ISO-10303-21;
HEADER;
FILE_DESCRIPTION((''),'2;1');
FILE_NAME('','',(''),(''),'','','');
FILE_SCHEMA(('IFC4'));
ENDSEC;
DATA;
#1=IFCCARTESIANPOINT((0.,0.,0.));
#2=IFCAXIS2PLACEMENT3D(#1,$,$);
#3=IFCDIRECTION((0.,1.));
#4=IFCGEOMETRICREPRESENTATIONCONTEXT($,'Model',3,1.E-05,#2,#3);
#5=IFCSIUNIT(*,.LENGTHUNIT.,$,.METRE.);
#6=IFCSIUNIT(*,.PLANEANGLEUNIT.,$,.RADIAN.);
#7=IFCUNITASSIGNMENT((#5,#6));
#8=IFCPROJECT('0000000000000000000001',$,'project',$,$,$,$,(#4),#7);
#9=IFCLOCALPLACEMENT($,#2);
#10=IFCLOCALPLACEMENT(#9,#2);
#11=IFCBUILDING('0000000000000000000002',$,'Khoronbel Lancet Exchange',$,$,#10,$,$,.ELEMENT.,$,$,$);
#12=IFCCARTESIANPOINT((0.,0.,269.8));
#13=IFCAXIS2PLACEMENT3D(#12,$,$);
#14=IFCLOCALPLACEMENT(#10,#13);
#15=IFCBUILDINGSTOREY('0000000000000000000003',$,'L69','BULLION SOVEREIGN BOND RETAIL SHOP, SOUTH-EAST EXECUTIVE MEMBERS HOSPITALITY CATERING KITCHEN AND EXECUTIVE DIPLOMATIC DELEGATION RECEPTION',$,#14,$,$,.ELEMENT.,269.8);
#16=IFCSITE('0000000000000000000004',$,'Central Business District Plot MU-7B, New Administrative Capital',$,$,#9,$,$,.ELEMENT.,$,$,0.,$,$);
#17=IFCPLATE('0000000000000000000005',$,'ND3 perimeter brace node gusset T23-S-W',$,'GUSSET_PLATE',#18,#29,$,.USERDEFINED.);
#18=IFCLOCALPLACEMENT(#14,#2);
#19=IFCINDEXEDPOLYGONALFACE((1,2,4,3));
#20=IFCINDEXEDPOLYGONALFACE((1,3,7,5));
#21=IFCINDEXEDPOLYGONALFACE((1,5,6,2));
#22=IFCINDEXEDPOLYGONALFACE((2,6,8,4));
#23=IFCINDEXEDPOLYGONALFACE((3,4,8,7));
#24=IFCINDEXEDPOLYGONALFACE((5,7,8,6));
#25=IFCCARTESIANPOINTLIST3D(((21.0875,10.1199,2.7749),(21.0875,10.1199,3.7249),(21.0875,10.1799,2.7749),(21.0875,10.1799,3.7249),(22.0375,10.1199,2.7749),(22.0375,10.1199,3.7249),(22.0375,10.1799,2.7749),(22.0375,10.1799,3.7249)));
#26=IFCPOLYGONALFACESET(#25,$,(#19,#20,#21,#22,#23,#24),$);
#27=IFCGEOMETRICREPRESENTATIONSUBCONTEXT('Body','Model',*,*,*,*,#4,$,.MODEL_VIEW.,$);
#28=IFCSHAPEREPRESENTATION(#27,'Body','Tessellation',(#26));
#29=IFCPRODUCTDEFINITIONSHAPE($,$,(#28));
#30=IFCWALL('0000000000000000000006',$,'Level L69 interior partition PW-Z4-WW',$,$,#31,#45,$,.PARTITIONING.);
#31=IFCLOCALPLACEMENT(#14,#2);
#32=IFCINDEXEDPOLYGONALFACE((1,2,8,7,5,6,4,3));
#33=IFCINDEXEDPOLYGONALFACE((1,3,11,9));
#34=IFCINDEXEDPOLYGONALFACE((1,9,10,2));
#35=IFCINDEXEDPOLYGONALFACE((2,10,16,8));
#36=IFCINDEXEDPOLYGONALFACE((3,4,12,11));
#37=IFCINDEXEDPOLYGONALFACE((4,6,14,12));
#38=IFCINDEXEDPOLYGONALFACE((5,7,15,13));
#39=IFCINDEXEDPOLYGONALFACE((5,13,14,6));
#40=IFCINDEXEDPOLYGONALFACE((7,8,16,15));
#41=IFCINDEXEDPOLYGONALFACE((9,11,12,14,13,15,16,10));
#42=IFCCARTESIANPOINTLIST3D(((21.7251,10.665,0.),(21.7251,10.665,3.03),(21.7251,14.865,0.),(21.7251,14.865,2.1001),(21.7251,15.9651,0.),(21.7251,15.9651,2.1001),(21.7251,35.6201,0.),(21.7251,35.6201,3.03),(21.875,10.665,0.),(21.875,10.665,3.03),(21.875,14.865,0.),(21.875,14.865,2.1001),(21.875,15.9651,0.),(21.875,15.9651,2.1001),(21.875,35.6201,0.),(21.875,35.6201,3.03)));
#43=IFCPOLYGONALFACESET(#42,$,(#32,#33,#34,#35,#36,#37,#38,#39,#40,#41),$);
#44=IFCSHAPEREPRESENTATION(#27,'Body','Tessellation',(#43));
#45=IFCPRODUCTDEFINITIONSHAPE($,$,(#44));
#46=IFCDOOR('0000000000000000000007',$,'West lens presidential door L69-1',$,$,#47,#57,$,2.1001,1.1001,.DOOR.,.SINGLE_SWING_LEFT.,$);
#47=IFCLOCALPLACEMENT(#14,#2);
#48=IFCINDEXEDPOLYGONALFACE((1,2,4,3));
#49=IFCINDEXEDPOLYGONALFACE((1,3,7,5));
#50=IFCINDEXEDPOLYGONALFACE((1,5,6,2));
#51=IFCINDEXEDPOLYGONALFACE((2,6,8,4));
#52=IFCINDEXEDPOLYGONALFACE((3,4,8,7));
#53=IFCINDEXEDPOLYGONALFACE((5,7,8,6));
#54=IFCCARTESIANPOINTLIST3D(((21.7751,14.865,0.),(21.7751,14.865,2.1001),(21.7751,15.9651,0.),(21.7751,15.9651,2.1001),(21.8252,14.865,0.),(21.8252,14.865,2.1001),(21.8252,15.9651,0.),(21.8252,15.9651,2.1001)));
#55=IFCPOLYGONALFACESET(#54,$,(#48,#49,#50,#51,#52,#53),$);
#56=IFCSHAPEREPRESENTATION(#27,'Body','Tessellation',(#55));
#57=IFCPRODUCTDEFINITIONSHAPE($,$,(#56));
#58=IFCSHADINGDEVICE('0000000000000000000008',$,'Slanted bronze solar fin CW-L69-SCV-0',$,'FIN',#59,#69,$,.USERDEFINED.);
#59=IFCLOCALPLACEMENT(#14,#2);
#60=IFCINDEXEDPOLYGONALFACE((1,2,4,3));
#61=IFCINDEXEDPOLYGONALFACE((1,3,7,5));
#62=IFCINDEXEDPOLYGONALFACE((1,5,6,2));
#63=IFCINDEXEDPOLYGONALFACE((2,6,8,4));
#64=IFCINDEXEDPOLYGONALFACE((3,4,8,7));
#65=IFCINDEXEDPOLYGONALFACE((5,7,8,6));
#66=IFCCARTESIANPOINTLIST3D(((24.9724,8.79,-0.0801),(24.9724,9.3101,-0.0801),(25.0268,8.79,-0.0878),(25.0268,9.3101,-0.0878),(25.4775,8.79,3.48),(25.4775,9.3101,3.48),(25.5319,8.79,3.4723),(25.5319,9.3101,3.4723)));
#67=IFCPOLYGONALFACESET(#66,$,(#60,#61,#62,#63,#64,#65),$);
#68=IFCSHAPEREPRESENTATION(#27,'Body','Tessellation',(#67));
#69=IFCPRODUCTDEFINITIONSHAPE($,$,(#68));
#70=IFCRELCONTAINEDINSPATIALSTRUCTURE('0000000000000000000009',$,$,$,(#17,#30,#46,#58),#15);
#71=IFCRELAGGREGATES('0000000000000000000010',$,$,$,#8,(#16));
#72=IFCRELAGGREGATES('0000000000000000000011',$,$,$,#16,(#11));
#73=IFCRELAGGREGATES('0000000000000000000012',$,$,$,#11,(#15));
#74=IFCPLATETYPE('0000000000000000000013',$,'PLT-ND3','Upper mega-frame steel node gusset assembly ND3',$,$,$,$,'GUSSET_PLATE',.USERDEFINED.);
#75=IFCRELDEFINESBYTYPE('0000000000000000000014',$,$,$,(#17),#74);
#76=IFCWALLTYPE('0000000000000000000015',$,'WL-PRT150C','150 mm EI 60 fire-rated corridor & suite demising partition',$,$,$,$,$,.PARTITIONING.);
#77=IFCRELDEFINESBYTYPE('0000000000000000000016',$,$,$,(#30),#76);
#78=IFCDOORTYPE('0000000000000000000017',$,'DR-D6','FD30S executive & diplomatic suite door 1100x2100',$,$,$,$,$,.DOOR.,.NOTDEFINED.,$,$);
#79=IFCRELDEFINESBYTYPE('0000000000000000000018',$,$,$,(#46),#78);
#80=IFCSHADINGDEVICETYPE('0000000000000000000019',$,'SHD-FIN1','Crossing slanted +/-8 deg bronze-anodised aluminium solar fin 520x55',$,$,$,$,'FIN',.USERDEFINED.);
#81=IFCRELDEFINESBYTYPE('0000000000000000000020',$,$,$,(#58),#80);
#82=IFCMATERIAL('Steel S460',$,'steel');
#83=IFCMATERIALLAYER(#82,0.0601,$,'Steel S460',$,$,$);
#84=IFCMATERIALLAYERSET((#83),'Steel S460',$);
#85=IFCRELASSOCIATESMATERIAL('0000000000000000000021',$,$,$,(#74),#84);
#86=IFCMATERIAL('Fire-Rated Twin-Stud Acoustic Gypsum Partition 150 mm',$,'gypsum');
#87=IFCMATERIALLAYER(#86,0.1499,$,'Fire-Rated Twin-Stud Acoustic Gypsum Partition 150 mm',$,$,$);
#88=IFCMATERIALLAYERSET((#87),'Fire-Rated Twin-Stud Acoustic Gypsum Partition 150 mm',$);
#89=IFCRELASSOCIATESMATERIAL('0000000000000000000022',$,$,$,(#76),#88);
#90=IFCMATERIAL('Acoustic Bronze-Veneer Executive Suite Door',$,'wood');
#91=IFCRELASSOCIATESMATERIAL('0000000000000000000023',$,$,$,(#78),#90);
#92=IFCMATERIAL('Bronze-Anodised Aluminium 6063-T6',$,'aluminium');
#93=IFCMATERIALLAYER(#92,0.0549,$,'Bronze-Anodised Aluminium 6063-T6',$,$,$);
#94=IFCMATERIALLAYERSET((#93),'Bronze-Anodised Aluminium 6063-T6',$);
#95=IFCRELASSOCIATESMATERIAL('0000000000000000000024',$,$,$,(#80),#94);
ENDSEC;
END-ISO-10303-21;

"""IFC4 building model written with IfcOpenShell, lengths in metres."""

from ifc_helpers import new_model, si_unit, direction, frame, frame_2d, origin, origin_2d, place, context, subcontext, project, spatial, polyline, rectangle, outline, extrude, material, layer, layer_set, type_object, element, fill, save


model = new_model("IFC4")

# Units and contexts
model_context = context("Model", 3, precision=1e-05, world=origin(), true_north=direction((0.0, 1.0)))
body_context = subcontext(model_context, "Body", "Model", "MODEL_VIEW")
ifc_project = project(units=[si_unit("LENGTHUNIT", "METRE"), si_unit("PLANEANGLEUNIT", "RADIAN")], contexts=[model_context])

# Site, building, storey
site_placement = place(None, origin())
site = spatial("IfcSite", under=ifc_project, at=site_placement, Name="Central Business District Plot MU-7B, New Administrative Capital", CompositionType="ELEMENT", RefElevation=0.0)
building_placement = place(site_placement, origin())
building = spatial("IfcBuilding", under=site, at=building_placement, Name="Khoronbel Lancet Exchange", CompositionType="ELEMENT")
storey_placement = place(building_placement, frame((0.0, 0.0, 269.8)))
storey = spatial("IfcBuildingStorey", under=building, at=storey_placement, Name="L69", Description="BULLION SOVEREIGN BOND RETAIL SHOP, SOUTH-EAST EXECUTIVE MEMBERS HOSPITALITY CATERING KITCHEN AND EXECUTIVE DIPLOMATIC DELEGATION RECEPTION", CompositionType="ELEMENT", Elevation=269.8)

# Shared definitions
ifc_material_1 = material(Name="Steel S460", Category="steel")

# Shared definitions
ifc_material_2 = material(Name="Bronze-Anodised Aluminium 6063-T6", Category="aluminium")

# Plate
ifc_layer_1 = layer(ifc_material_1, 0.0601, Name="Steel S460")
ifc_layer_set_1 = layer_set([ifc_layer_1], Name="Steel S460")
plate_type_1 = type_object("IfcPlateType", Name="PLT-ND3", Description="Upper mega-frame steel node gusset assembly ND3", ElementType="GUSSET_PLATE", PredefinedType="USERDEFINED", material=ifc_layer_set_1)
plate_1_placement = place(storey_placement, frame((21.5625, 10.1499, 2.7749), z_axis=(0.0, 0.0, 1.0), x_axis=(1.0, 0.0, 0.0)))
element("IfcPlate", 1, at=plate_1_placement, inside=storey, type_object=plate_type_1, Name="ND3 perimeter brace node gusset T23-S-W", ObjectType="GUSSET_PLATE", PredefinedType="USERDEFINED", context=body_context, shape_type="SweptSolid", body=[
    extrude(rectangle(XDim=0.95, YDim=0.0601, at=origin_2d()), origin(), (0.0, 0.0, 1.0), 0.95),
])

# Wall, opening, door
ifc_material_3 = material(Name="Fire-Rated Twin-Stud Acoustic Gypsum Partition 150 mm", Category="gypsum")
ifc_layer_2 = layer(ifc_material_3, 0.1499, Name="Fire-Rated Twin-Stud Acoustic Gypsum Partition 150 mm")
ifc_layer_set_2 = layer_set([ifc_layer_2], Name="Fire-Rated Twin-Stud Acoustic Gypsum Partition 150 mm")
wall_type = type_object("IfcWallType", Name="WL-PRT150C", Description="150 mm EI 60 fire-rated corridor & suite demising partition", PredefinedType="PARTITIONING", material=ifc_layer_set_2)
wall_placement = place(storey_placement, frame((21.8, 10.665, 0.0), z_axis=(0.0, 0.0, 1.0), x_axis=(0.0, 1.0, 0.0)))
wall = element("IfcWall", 2, at=wall_placement, inside=storey, type_object=wall_type, Name="Level L69 interior partition PW-Z4-WW", PredefinedType="PARTITIONING", context=body_context, shape_type="SweptSolid", body=[
    extrude(rectangle(XDim=24.9551, YDim=0.1499, at=frame_2d((12.4775, 0.0))), origin(), (0.0, 0.0, 1.0), 3.03),
])
opening_placement = place(wall_placement, frame((4.2, 0.0, 0.0)))
opening = element("IfcOpeningElement", 3, at=opening_placement, cuts=wall, PredefinedType="OPENING", context=body_context, shape_type="SweptSolid", body=[
    extrude(rectangle(XDim=1.1001, YDim=2.1001, at=frame_2d((0.55, 1.05))), frame((0.0, 0.085, 0.0), z_axis=(0.0, -1.0, 0.0), x_axis=(1.0, 0.0, 0.0)), (0.0, 0.0, 1.0), 0.1699),
])
ifc_material_4 = material(Name="Acoustic Bronze-Veneer Executive Suite Door", Category="wood")
door_type = type_object("IfcDoorType", Name="DR-D6", Description="FD30S executive & diplomatic suite door 1100x2100", OperationType="NOTDEFINED", PredefinedType="DOOR", material=ifc_material_4)
door_placement = place(opening_placement, origin())
door = element("IfcDoor", 4, at=door_placement, inside=storey, type_object=door_type, Name="West lens presidential door L69-1", OperationType="SINGLE_SWING_LEFT", OverallHeight=2.1001, OverallWidth=1.1001, PredefinedType="DOOR", context=body_context, shape_type="SweptSolid", body=[
    extrude(rectangle(XDim=1.1001, YDim=2.1001, at=frame_2d((0.55, 1.05))), frame((0.0, 0.0249, 0.0), z_axis=(0.0, -1.0, 0.0), x_axis=(1.0, 0.0, 0.0)), (0.0, 0.0, 1.0), 0.05),
])
fill(opening, door)

# Shading device
ifc_layer_3 = layer(ifc_material_2, 0.0549, Name="Bronze-Anodised Aluminium 6063-T6")
ifc_layer_set_3 = layer_set([ifc_layer_3], Name="Bronze-Anodised Aluminium 6063-T6")
shading_device_type = type_object("IfcShadingDeviceType", Name="SHD-FIN1", Description="Crossing slanted +/-8 deg bronze-anodised aluminium solar fin 520x55", ElementType="FIN", PredefinedType="USERDEFINED", material=ifc_layer_set_3)
shading_device_placement = place(storey_placement, frame((24.9724, 9.3101, -0.0801), z_axis=(-0.990083, 0.0, 0.14048), x_axis=(0.0, -1.0, 0.0)))
element("IfcShadingDevice", 5, at=shading_device_placement, inside=storey, type_object=shading_device_type, Name="Slanted bronze solar fin CW-L69-SCV-0", ObjectType="FIN", PredefinedType="USERDEFINED", context=body_context, shape_type="SweptSolid", body=[
    extrude(outline(polyline([(0.0, 0.0), (0.52, 0.0), (0.52, 3.5957), (0.0, 3.5957), (0.0, 0.0)])), origin(), (0.0, 0.0, -1.0), 0.0549),
])

save(model, "model.ifc")
